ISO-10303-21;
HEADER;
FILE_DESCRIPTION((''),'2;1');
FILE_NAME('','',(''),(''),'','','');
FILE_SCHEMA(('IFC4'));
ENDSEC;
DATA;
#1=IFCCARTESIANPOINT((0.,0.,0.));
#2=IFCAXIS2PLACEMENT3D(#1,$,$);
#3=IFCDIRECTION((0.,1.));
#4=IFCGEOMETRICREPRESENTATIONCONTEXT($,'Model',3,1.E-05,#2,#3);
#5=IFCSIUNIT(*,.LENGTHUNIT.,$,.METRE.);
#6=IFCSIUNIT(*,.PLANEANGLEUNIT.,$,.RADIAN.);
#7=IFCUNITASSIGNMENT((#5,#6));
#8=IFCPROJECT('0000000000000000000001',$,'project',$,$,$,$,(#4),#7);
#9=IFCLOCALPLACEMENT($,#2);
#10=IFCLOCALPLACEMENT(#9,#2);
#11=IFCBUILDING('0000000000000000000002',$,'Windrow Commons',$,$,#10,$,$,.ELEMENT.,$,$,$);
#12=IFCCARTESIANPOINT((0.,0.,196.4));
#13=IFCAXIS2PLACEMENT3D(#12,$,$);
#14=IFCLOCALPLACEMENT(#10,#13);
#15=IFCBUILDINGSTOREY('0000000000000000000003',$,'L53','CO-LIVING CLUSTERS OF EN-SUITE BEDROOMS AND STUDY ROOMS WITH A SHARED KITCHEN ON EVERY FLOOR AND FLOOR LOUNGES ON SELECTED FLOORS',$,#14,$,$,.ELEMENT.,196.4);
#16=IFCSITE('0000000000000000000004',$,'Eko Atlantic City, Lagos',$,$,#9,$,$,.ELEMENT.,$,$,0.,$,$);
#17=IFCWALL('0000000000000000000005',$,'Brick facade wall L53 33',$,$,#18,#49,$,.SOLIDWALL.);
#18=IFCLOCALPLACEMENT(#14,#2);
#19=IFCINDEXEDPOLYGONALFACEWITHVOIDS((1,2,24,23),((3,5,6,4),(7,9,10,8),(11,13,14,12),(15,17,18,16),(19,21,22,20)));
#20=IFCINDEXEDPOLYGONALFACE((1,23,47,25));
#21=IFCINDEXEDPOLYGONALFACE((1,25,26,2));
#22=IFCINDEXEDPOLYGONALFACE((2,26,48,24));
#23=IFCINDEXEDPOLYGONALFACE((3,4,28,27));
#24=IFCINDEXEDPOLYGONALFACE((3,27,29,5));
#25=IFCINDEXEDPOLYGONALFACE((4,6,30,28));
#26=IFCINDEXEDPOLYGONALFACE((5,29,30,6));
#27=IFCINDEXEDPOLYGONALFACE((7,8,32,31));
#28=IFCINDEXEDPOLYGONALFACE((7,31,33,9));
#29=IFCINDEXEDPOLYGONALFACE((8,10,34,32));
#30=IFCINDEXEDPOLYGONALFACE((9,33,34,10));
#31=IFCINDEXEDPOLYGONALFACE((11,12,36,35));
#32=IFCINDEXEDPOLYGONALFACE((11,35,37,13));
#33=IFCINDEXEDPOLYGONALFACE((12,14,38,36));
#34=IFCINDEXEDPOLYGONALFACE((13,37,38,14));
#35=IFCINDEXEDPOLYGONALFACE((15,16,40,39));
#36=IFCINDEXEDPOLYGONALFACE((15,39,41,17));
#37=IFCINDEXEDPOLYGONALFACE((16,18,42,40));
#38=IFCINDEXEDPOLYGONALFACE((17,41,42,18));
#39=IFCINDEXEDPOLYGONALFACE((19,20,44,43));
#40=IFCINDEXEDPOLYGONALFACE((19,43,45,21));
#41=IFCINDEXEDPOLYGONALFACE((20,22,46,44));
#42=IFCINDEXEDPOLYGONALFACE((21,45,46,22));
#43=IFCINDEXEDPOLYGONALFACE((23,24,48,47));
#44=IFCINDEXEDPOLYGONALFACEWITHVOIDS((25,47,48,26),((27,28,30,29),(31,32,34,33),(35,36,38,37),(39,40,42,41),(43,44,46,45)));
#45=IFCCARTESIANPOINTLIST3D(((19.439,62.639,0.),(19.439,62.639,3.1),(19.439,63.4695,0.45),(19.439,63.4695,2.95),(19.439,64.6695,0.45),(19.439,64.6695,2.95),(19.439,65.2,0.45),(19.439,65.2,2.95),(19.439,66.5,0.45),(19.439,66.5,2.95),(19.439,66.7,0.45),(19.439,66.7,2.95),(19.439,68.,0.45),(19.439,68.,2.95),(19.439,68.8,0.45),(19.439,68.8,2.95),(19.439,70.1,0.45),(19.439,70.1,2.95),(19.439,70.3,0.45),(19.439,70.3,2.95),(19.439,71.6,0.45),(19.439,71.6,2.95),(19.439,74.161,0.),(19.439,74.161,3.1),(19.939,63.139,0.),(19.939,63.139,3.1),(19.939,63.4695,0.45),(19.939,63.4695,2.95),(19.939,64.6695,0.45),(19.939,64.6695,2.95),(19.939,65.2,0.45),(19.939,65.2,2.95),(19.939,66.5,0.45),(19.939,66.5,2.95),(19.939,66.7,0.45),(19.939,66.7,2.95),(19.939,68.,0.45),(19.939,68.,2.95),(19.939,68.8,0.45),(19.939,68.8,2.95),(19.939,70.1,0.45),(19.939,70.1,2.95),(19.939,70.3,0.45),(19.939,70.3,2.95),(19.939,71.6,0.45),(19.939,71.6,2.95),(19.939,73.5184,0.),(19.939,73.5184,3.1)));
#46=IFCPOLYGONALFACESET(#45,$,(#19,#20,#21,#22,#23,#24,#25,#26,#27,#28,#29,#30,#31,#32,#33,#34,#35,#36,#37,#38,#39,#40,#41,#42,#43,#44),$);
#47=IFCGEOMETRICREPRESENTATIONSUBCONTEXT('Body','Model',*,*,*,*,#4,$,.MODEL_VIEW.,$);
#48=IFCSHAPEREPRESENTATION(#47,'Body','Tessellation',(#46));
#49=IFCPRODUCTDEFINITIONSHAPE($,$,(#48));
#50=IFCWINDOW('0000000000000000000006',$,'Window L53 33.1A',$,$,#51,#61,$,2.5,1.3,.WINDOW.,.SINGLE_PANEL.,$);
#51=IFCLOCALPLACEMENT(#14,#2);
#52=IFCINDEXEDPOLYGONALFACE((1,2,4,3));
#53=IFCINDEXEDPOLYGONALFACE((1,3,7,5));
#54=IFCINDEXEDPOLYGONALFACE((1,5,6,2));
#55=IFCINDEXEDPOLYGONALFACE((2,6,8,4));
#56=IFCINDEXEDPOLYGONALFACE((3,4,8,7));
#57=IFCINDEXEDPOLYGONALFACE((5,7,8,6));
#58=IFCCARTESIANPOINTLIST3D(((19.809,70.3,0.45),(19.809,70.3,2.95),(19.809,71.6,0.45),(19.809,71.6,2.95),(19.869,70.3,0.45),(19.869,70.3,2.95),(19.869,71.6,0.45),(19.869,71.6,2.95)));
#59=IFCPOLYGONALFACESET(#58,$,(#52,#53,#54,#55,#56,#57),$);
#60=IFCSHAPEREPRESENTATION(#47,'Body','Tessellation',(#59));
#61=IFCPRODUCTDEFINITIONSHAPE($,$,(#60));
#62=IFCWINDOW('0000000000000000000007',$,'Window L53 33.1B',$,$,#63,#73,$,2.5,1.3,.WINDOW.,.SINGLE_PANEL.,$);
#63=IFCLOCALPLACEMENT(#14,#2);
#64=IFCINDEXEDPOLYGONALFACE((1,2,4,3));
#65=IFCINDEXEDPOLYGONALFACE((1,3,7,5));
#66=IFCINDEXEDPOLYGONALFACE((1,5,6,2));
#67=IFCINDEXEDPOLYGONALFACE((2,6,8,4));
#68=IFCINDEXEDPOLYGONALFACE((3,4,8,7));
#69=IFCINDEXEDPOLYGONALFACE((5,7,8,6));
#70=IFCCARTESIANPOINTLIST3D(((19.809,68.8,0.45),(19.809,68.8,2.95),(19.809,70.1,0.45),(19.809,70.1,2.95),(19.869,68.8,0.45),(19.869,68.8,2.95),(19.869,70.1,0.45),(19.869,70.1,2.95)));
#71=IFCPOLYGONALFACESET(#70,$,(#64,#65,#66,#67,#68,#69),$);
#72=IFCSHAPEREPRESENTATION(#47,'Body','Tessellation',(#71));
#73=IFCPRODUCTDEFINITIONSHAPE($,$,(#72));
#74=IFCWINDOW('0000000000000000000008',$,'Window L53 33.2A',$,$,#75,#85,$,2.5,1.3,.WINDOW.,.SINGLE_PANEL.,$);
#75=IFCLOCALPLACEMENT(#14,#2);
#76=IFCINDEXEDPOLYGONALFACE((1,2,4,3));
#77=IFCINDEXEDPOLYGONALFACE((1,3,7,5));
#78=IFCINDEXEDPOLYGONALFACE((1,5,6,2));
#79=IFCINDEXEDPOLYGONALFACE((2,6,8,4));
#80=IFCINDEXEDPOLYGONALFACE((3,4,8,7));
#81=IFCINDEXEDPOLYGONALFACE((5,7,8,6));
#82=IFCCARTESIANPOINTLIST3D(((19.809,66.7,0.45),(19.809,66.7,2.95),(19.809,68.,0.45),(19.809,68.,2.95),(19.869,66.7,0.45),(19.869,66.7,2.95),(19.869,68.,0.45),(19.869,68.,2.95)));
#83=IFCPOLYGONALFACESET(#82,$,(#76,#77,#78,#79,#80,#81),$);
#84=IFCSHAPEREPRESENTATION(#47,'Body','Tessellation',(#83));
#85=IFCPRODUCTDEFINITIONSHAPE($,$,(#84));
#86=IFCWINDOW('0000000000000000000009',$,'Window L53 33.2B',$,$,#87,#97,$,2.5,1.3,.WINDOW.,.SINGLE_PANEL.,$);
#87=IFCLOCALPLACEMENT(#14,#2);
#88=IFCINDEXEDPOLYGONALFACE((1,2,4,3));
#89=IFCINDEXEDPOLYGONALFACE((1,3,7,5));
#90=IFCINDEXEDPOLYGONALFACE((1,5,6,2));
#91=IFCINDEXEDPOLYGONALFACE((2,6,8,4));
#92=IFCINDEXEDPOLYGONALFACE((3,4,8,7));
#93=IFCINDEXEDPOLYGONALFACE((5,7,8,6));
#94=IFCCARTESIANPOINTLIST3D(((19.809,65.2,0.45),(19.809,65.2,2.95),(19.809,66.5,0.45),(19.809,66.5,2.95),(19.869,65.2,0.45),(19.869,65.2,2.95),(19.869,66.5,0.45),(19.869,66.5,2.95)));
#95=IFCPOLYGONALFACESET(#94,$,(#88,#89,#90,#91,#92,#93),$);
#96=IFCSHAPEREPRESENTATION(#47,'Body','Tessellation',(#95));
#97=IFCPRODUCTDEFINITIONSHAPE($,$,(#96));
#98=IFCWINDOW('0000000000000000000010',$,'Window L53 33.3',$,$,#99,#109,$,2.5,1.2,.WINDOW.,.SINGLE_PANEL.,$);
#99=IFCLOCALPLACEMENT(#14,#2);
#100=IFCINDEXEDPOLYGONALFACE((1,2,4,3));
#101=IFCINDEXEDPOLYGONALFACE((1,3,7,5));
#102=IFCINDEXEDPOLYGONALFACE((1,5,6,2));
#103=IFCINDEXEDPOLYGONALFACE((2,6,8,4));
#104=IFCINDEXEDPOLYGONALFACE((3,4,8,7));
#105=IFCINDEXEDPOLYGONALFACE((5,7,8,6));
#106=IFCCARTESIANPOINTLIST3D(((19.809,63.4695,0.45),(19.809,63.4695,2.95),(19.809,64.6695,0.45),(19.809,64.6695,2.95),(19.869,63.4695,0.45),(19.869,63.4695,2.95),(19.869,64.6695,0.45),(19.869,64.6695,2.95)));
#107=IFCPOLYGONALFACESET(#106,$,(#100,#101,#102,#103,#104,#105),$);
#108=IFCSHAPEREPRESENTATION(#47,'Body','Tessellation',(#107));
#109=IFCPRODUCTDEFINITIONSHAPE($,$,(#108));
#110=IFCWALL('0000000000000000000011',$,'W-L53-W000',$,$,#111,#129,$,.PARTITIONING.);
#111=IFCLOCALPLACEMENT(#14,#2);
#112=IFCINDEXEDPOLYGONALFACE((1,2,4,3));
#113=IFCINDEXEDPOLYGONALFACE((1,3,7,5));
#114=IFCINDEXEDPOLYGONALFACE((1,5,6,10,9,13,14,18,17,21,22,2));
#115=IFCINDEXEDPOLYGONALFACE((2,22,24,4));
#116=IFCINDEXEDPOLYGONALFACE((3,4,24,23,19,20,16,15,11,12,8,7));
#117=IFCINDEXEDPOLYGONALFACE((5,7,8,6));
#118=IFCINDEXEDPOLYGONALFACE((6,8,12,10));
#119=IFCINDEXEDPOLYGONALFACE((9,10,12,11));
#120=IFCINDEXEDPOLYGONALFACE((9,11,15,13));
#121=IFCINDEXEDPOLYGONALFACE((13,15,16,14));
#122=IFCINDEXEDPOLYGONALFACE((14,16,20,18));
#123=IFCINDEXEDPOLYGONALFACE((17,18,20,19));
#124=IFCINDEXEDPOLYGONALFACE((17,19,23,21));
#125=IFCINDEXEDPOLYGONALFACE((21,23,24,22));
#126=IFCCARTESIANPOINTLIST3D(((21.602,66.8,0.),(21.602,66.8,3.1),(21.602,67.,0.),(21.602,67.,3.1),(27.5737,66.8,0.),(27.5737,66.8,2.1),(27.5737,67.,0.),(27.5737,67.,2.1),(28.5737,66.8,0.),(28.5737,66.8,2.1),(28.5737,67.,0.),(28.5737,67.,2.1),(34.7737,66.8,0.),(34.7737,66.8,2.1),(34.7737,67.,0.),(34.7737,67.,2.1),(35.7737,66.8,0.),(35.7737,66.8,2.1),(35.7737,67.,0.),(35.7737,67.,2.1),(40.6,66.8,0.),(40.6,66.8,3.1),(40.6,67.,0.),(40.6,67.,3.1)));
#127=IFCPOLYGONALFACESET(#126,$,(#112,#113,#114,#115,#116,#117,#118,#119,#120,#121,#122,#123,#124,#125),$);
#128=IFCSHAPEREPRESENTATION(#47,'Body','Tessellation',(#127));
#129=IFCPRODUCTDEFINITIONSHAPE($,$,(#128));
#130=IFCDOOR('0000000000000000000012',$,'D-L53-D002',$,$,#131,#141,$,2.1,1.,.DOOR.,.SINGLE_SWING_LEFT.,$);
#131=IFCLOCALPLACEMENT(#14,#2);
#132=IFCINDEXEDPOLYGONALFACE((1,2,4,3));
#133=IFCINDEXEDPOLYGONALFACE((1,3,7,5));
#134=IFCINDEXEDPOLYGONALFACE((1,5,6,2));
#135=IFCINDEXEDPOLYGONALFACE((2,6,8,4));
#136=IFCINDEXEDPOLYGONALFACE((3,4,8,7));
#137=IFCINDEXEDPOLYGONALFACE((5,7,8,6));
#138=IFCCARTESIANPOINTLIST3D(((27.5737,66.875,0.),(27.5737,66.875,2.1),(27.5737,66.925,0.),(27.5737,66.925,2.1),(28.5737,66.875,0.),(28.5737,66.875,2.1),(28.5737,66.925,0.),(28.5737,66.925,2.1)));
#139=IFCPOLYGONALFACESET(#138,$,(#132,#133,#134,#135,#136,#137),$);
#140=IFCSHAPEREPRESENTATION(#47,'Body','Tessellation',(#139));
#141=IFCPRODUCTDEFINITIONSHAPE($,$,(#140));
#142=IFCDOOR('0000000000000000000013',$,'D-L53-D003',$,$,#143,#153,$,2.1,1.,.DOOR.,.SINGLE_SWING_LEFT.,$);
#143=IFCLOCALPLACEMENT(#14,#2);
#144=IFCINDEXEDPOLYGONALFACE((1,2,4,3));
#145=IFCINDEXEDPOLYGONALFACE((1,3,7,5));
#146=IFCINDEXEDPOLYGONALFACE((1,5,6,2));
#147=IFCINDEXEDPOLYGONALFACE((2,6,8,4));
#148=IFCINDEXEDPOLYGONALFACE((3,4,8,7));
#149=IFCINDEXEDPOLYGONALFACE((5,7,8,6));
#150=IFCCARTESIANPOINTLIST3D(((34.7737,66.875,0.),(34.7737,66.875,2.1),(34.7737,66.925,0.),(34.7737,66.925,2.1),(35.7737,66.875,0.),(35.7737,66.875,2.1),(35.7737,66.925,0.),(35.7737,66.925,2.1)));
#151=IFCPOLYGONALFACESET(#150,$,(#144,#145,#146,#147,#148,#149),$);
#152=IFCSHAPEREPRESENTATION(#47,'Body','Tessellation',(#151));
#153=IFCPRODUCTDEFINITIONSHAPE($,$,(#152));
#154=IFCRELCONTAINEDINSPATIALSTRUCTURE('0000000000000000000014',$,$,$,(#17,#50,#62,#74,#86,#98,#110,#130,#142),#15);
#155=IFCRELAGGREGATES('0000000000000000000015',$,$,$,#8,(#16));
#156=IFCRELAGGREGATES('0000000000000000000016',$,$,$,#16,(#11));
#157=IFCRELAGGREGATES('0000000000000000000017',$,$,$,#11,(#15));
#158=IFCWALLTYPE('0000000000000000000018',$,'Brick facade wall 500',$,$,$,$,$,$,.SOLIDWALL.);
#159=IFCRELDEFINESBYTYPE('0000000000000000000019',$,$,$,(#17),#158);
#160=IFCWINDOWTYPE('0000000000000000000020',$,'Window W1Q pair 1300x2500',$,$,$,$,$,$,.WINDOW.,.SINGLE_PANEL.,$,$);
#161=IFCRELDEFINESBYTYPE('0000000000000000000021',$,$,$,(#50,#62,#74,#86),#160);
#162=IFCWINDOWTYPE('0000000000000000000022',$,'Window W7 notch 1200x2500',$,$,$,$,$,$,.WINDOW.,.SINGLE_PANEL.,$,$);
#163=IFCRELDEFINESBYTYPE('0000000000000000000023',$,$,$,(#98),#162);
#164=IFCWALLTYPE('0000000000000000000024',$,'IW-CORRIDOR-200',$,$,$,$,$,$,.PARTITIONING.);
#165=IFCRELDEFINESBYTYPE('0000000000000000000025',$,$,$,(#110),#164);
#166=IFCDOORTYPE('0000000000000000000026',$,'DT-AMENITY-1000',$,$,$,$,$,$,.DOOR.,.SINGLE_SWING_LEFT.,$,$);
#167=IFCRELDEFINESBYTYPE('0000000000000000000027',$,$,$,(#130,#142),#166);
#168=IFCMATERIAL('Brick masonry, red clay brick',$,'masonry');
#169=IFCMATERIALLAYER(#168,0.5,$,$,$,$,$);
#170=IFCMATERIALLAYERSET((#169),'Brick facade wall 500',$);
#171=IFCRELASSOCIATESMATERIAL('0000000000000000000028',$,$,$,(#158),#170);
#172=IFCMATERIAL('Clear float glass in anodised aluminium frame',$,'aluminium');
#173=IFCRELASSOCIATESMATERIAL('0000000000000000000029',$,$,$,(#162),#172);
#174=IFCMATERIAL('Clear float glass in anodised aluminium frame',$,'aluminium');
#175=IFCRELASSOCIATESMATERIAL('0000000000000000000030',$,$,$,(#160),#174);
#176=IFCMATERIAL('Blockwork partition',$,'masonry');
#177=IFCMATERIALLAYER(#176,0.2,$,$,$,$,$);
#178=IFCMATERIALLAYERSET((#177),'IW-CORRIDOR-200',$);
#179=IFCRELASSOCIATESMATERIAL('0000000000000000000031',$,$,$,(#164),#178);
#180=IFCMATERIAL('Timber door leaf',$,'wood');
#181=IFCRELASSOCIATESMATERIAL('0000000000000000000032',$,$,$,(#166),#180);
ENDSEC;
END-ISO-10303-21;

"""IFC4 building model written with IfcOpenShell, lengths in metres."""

from ifc_helpers import new_model, si_unit, direction, frame, frame_2d, origin, place, context, subcontext, project, spatial, polyline, rectangle, outline, extrude, material, layer, layer_set, type_object, element, fill, save


model = new_model("IFC4")

# Units and contexts
model_context = context("Model", 3, precision=1e-05, world=origin(), true_north=direction((0.0, 1.0)))
body_context = subcontext(model_context, "Body", "Model", "MODEL_VIEW")
ifc_project = project(units=[si_unit("LENGTHUNIT", "METRE"), si_unit("PLANEANGLEUNIT", "RADIAN")], contexts=[model_context])

# Site, building, storey
site_placement = place(None, origin())
site = spatial("IfcSite", under=ifc_project, at=site_placement, Name="Eko Atlantic City, Lagos", CompositionType="ELEMENT", RefElevation=0.0)
building_placement = place(site_placement, origin())
building = spatial("IfcBuilding", under=site, at=building_placement, Name="Windrow Commons", CompositionType="ELEMENT")
storey_placement = place(building_placement, frame((0.0, 0.0, 196.4)))
storey = spatial("IfcBuildingStorey", under=building, at=storey_placement, Name="L53", Description="CO-LIVING CLUSTERS OF EN-SUITE BEDROOMS AND STUDY ROOMS WITH A SHARED KITCHEN ON EVERY FLOOR AND FLOOR LOUNGES ON SELECTED FLOORS", CompositionType="ELEMENT", Elevation=196.4)

# Wall, openings, windows
ifc_material_1 = material(Name="Brick masonry, red clay brick", Category="masonry")
ifc_layer_1 = layer(ifc_material_1, 0.5)
ifc_layer_set_1 = layer_set([ifc_layer_1], Name="Brick facade wall 500")
wall_type_1 = type_object("IfcWallType", Name="Brick facade wall 500", PredefinedType="SOLIDWALL", material=ifc_layer_set_1)
ifc_material_2 = material(Name="Clear float glass in anodised aluminium frame", Category="aluminium")
window_type_1 = type_object("IfcWindowType", Name="Window W7 notch 1200x2500", PartitioningType="SINGLE_PANEL", PredefinedType="WINDOW", material=ifc_material_2)
wall_1_placement = place(storey_placement, frame((19.689, 73.8397, 0.0), z_axis=(0.0, 0.0, 1.0), x_axis=(0.0, -1.0, 0.0)))
wall_1 = element("IfcWall", 1, at=wall_1_placement, inside=storey, type_object=wall_type_1, Name="Brick facade wall L53 33", PredefinedType="SOLIDWALL", context=body_context, shape_type="SweptSolid", body=[
    extrude(outline(polyline([(-0.3213, -0.25), (11.2007, -0.25), (10.7007, 0.25), (0.3213, 0.25), (-0.3213, -0.25)])), origin(), (0.0, 0.0, 1.0), 3.1),
])
opening_1_placement = place(wall_1_placement, frame((2.2397, 0.0, 0.45)))
opening_1 = element("IfcOpeningElement", 2, at=opening_1_placement, cuts=wall_1, PredefinedType="OPENING", context=body_context, shape_type="SweptSolid", body=[
    extrude(rectangle(XDim=1.3, YDim=2.5, at=frame_2d((0.65, 1.25))), frame((0.0, 0.26, 0.0), z_axis=(0.0, -1.0, 0.0), x_axis=(1.0, 0.0, 0.0)), (0.0, 0.0, 1.0), 0.52),
])
opening_2_placement = place(wall_1_placement, frame((3.7397, 0.0, 0.45)))
opening_2 = element("IfcOpeningElement", 3, at=opening_2_placement, cuts=wall_1, PredefinedType="OPENING", context=body_context, shape_type="SweptSolid", body=[
    extrude(rectangle(XDim=1.3, YDim=2.5, at=frame_2d((0.65, 1.25))), frame((0.0, 0.26, 0.0), z_axis=(0.0, -1.0, 0.0), x_axis=(1.0, 0.0, 0.0)), (0.0, 0.0, 1.0), 0.52),
])
opening_3_placement = place(wall_1_placement, frame((5.8397, 0.0, 0.45)))
opening_3 = element("IfcOpeningElement", 4, at=opening_3_placement, cuts=wall_1, PredefinedType="OPENING", context=body_context, shape_type="SweptSolid", body=[
    extrude(rectangle(XDim=1.3, YDim=2.5, at=frame_2d((0.65, 1.25))), frame((0.0, 0.26, 0.0), z_axis=(0.0, -1.0, 0.0), x_axis=(1.0, 0.0, 0.0)), (0.0, 0.0, 1.0), 0.52),
])
opening_4_placement = place(wall_1_placement, frame((7.3397, 0.0, 0.45)))
opening_4 = element("IfcOpeningElement", 5, at=opening_4_placement, cuts=wall_1, PredefinedType="OPENING", context=body_context, shape_type="SweptSolid", body=[
    extrude(rectangle(XDim=1.3, YDim=2.5, at=frame_2d((0.65, 1.25))), frame((0.0, 0.26, 0.0), z_axis=(0.0, -1.0, 0.0), x_axis=(1.0, 0.0, 0.0)), (0.0, 0.0, 1.0), 0.52),
])
opening_5_placement = place(wall_1_placement, frame((9.1702, 0.0, 0.45)))
opening_5 = element("IfcOpeningElement", 6, at=opening_5_placement, cuts=wall_1, PredefinedType="OPENING", context=body_context, shape_type="SweptSolid", body=[
    extrude(rectangle(XDim=1.2, YDim=2.5, at=frame_2d((0.6, 1.25))), frame((0.0, 0.26, 0.0), z_axis=(0.0, -1.0, 0.0), x_axis=(1.0, 0.0, 0.0)), (0.0, 0.0, 1.0), 0.52),
])
ifc_material_3 = material(Name="Clear float glass in anodised aluminium frame", Category="aluminium")
window_type_2 = type_object("IfcWindowType", Name="Window W1Q pair 1300x2500", PartitioningType="SINGLE_PANEL", PredefinedType="WINDOW", material=ifc_material_3)
window_1_placement = place(opening_1_placement, origin())
window_1 = element("IfcWindow", 7, at=window_1_placement, inside=storey, type_object=window_type_2, Name="Window L53 33.1A", OverallHeight=2.5, OverallWidth=1.3, PartitioningType="SINGLE_PANEL", PredefinedType="WINDOW", context=body_context, shape_type="SweptSolid", body=[
    extrude(rectangle(XDim=1.3, YDim=2.5, at=frame_2d((0.65, 1.25))), frame((0.0, 0.18, 0.0), z_axis=(0.0, -1.0, 0.0), x_axis=(1.0, 0.0, 0.0)), (0.0, 0.0, 1.0), 0.06),
])
fill(opening_1, window_1)
window_2_placement = place(opening_2_placement, origin())
window_2 = element("IfcWindow", 8, at=window_2_placement, inside=storey, type_object=window_type_2, Name="Window L53 33.1B", OverallHeight=2.5, OverallWidth=1.3, PartitioningType="SINGLE_PANEL", PredefinedType="WINDOW", context=body_context, shape_type="SweptSolid", body=[
    extrude(rectangle(XDim=1.3, YDim=2.5, at=frame_2d((0.65, 1.25))), frame((0.0, 0.18, 0.0), z_axis=(0.0, -1.0, 0.0), x_axis=(1.0, 0.0, 0.0)), (0.0, 0.0, 1.0), 0.06),
])
fill(opening_2, window_2)
window_3_placement = place(opening_3_placement, origin())
window_3 = element("IfcWindow", 9, at=window_3_placement, inside=storey, type_object=window_type_2, Name="Window L53 33.2A", OverallHeight=2.5, OverallWidth=1.3, PartitioningType="SINGLE_PANEL", PredefinedType="WINDOW", context=body_context, shape_type="SweptSolid", body=[
    extrude(rectangle(XDim=1.3, YDim=2.5, at=frame_2d((0.65, 1.25))), frame((0.0, 0.18, 0.0), z_axis=(0.0, -1.0, 0.0), x_axis=(1.0, 0.0, 0.0)), (0.0, 0.0, 1.0), 0.06),
])
fill(opening_3, window_3)
window_4_placement = place(opening_4_placement, origin())
window_4 = element("IfcWindow", 10, at=window_4_placement, inside=storey, type_object=window_type_2, Name="Window L53 33.2B", OverallHeight=2.5, OverallWidth=1.3, PartitioningType="SINGLE_PANEL", PredefinedType="WINDOW", context=body_context, shape_type="SweptSolid", body=[
    extrude(rectangle(XDim=1.3, YDim=2.5, at=frame_2d((0.65, 1.25))), frame((0.0, 0.18, 0.0), z_axis=(0.0, -1.0, 0.0), x_axis=(1.0, 0.0, 0.0)), (0.0, 0.0, 1.0), 0.06),
])
fill(opening_4, window_4)
window_5_placement = place(opening_5_placement, origin())
window_5 = element("IfcWindow", 11, at=window_5_placement, inside=storey, type_object=window_type_1, Name="Window L53 33.3", OverallHeight=2.5, OverallWidth=1.2, PartitioningType="SINGLE_PANEL", PredefinedType="WINDOW", context=body_context, shape_type="SweptSolid", body=[
    extrude(rectangle(XDim=1.2, YDim=2.5, at=frame_2d((0.6, 1.25))), frame((0.0, 0.18, 0.0), z_axis=(0.0, -1.0, 0.0), x_axis=(1.0, 0.0, 0.0)), (0.0, 0.0, 1.0), 0.06),
])
fill(opening_5, window_5)

# Wall, openings, doors
ifc_material_4 = material(Name="Blockwork partition", Category="masonry")
ifc_layer_2 = layer(ifc_material_4, 0.2)
ifc_layer_set_2 = layer_set([ifc_layer_2], Name="IW-CORRIDOR-200")
wall_type_2 = type_object("IfcWallType", Name="IW-CORRIDOR-200", PredefinedType="PARTITIONING", material=ifc_layer_set_2)
wall_2_placement = place(storey_placement, frame((21.602, 66.9, 0.0), z_axis=(0.0, 0.0, 1.0), x_axis=(1.0, 0.0, 0.0)))
wall_2 = element("IfcWall", 12, at=wall_2_placement, inside=storey, type_object=wall_type_2, Name="W-L53-W000", PredefinedType="PARTITIONING", context=body_context, shape_type="SweptSolid", body=[
    extrude(rectangle(XDim=18.998, YDim=0.2, at=frame_2d((9.499, 0.0))), origin(), (0.0, 0.0, 1.0), 3.1),
])
opening_6_placement = place(wall_2_placement, frame((5.9717, 0.0, 0.0)))
opening_6 = element("IfcOpeningElement", 13, at=opening_6_placement, cuts=wall_2, PredefinedType="OPENING", context=body_context, shape_type="SweptSolid", body=[
    extrude(rectangle(XDim=1.0, YDim=2.1, at=frame_2d((0.5, 1.05))), frame((0.0, 0.11, 0.0), z_axis=(0.0, -1.0, 0.0), x_axis=(1.0, 0.0, 0.0)), (0.0, 0.0, 1.0), 0.22),
])
opening_7_placement = place(wall_2_placement, frame((13.1717, 0.0, 0.0)))
opening_7 = element("IfcOpeningElement", 14, at=opening_7_placement, cuts=wall_2, PredefinedType="OPENING", context=body_context, shape_type="SweptSolid", body=[
    extrude(rectangle(XDim=1.0, YDim=2.1, at=frame_2d((0.5, 1.05))), frame((0.0, 0.11, 0.0), z_axis=(0.0, -1.0, 0.0), x_axis=(1.0, 0.0, 0.0)), (0.0, 0.0, 1.0), 0.22),
])
ifc_material_5 = material(Name="Timber door leaf", Category="wood")
door_type = type_object("IfcDoorType", Name="DT-AMENITY-1000", OperationType="SINGLE_SWING_LEFT", PredefinedType="DOOR", material=ifc_material_5)
door_1_placement = place(opening_6_placement, origin())
door_1 = element("IfcDoor", 15, at=door_1_placement, inside=storey, type_object=door_type, Name="D-L53-D002", OperationType="SINGLE_SWING_LEFT", OverallHeight=2.1, OverallWidth=1.0, PredefinedType="DOOR", context=body_context, shape_type="SweptSolid", body=[
    extrude(rectangle(XDim=1.0, YDim=2.1, at=frame_2d((0.5, 1.05))), frame((0.0, 0.025, 0.0), z_axis=(0.0, -1.0, 0.0), x_axis=(1.0, 0.0, 0.0)), (0.0, 0.0, 1.0), 0.05),
])
fill(opening_6, door_1)
door_2_placement = place(opening_7_placement, origin())
door_2 = element("IfcDoor", 16, at=door_2_placement, inside=storey, type_object=door_type, Name="D-L53-D003", OperationType="SINGLE_SWING_LEFT", OverallHeight=2.1, OverallWidth=1.0, PredefinedType="DOOR", context=body_context, shape_type="SweptSolid", body=[
    extrude(rectangle(XDim=1.0, YDim=2.1, at=frame_2d((0.5, 1.05))), frame((0.0, 0.025, 0.0), z_axis=(0.0, -1.0, 0.0), x_axis=(1.0, 0.0, 0.0)), (0.0, 0.0, 1.0), 0.05),
])
fill(opening_7, door_2)

save(model, "model.ifc")
